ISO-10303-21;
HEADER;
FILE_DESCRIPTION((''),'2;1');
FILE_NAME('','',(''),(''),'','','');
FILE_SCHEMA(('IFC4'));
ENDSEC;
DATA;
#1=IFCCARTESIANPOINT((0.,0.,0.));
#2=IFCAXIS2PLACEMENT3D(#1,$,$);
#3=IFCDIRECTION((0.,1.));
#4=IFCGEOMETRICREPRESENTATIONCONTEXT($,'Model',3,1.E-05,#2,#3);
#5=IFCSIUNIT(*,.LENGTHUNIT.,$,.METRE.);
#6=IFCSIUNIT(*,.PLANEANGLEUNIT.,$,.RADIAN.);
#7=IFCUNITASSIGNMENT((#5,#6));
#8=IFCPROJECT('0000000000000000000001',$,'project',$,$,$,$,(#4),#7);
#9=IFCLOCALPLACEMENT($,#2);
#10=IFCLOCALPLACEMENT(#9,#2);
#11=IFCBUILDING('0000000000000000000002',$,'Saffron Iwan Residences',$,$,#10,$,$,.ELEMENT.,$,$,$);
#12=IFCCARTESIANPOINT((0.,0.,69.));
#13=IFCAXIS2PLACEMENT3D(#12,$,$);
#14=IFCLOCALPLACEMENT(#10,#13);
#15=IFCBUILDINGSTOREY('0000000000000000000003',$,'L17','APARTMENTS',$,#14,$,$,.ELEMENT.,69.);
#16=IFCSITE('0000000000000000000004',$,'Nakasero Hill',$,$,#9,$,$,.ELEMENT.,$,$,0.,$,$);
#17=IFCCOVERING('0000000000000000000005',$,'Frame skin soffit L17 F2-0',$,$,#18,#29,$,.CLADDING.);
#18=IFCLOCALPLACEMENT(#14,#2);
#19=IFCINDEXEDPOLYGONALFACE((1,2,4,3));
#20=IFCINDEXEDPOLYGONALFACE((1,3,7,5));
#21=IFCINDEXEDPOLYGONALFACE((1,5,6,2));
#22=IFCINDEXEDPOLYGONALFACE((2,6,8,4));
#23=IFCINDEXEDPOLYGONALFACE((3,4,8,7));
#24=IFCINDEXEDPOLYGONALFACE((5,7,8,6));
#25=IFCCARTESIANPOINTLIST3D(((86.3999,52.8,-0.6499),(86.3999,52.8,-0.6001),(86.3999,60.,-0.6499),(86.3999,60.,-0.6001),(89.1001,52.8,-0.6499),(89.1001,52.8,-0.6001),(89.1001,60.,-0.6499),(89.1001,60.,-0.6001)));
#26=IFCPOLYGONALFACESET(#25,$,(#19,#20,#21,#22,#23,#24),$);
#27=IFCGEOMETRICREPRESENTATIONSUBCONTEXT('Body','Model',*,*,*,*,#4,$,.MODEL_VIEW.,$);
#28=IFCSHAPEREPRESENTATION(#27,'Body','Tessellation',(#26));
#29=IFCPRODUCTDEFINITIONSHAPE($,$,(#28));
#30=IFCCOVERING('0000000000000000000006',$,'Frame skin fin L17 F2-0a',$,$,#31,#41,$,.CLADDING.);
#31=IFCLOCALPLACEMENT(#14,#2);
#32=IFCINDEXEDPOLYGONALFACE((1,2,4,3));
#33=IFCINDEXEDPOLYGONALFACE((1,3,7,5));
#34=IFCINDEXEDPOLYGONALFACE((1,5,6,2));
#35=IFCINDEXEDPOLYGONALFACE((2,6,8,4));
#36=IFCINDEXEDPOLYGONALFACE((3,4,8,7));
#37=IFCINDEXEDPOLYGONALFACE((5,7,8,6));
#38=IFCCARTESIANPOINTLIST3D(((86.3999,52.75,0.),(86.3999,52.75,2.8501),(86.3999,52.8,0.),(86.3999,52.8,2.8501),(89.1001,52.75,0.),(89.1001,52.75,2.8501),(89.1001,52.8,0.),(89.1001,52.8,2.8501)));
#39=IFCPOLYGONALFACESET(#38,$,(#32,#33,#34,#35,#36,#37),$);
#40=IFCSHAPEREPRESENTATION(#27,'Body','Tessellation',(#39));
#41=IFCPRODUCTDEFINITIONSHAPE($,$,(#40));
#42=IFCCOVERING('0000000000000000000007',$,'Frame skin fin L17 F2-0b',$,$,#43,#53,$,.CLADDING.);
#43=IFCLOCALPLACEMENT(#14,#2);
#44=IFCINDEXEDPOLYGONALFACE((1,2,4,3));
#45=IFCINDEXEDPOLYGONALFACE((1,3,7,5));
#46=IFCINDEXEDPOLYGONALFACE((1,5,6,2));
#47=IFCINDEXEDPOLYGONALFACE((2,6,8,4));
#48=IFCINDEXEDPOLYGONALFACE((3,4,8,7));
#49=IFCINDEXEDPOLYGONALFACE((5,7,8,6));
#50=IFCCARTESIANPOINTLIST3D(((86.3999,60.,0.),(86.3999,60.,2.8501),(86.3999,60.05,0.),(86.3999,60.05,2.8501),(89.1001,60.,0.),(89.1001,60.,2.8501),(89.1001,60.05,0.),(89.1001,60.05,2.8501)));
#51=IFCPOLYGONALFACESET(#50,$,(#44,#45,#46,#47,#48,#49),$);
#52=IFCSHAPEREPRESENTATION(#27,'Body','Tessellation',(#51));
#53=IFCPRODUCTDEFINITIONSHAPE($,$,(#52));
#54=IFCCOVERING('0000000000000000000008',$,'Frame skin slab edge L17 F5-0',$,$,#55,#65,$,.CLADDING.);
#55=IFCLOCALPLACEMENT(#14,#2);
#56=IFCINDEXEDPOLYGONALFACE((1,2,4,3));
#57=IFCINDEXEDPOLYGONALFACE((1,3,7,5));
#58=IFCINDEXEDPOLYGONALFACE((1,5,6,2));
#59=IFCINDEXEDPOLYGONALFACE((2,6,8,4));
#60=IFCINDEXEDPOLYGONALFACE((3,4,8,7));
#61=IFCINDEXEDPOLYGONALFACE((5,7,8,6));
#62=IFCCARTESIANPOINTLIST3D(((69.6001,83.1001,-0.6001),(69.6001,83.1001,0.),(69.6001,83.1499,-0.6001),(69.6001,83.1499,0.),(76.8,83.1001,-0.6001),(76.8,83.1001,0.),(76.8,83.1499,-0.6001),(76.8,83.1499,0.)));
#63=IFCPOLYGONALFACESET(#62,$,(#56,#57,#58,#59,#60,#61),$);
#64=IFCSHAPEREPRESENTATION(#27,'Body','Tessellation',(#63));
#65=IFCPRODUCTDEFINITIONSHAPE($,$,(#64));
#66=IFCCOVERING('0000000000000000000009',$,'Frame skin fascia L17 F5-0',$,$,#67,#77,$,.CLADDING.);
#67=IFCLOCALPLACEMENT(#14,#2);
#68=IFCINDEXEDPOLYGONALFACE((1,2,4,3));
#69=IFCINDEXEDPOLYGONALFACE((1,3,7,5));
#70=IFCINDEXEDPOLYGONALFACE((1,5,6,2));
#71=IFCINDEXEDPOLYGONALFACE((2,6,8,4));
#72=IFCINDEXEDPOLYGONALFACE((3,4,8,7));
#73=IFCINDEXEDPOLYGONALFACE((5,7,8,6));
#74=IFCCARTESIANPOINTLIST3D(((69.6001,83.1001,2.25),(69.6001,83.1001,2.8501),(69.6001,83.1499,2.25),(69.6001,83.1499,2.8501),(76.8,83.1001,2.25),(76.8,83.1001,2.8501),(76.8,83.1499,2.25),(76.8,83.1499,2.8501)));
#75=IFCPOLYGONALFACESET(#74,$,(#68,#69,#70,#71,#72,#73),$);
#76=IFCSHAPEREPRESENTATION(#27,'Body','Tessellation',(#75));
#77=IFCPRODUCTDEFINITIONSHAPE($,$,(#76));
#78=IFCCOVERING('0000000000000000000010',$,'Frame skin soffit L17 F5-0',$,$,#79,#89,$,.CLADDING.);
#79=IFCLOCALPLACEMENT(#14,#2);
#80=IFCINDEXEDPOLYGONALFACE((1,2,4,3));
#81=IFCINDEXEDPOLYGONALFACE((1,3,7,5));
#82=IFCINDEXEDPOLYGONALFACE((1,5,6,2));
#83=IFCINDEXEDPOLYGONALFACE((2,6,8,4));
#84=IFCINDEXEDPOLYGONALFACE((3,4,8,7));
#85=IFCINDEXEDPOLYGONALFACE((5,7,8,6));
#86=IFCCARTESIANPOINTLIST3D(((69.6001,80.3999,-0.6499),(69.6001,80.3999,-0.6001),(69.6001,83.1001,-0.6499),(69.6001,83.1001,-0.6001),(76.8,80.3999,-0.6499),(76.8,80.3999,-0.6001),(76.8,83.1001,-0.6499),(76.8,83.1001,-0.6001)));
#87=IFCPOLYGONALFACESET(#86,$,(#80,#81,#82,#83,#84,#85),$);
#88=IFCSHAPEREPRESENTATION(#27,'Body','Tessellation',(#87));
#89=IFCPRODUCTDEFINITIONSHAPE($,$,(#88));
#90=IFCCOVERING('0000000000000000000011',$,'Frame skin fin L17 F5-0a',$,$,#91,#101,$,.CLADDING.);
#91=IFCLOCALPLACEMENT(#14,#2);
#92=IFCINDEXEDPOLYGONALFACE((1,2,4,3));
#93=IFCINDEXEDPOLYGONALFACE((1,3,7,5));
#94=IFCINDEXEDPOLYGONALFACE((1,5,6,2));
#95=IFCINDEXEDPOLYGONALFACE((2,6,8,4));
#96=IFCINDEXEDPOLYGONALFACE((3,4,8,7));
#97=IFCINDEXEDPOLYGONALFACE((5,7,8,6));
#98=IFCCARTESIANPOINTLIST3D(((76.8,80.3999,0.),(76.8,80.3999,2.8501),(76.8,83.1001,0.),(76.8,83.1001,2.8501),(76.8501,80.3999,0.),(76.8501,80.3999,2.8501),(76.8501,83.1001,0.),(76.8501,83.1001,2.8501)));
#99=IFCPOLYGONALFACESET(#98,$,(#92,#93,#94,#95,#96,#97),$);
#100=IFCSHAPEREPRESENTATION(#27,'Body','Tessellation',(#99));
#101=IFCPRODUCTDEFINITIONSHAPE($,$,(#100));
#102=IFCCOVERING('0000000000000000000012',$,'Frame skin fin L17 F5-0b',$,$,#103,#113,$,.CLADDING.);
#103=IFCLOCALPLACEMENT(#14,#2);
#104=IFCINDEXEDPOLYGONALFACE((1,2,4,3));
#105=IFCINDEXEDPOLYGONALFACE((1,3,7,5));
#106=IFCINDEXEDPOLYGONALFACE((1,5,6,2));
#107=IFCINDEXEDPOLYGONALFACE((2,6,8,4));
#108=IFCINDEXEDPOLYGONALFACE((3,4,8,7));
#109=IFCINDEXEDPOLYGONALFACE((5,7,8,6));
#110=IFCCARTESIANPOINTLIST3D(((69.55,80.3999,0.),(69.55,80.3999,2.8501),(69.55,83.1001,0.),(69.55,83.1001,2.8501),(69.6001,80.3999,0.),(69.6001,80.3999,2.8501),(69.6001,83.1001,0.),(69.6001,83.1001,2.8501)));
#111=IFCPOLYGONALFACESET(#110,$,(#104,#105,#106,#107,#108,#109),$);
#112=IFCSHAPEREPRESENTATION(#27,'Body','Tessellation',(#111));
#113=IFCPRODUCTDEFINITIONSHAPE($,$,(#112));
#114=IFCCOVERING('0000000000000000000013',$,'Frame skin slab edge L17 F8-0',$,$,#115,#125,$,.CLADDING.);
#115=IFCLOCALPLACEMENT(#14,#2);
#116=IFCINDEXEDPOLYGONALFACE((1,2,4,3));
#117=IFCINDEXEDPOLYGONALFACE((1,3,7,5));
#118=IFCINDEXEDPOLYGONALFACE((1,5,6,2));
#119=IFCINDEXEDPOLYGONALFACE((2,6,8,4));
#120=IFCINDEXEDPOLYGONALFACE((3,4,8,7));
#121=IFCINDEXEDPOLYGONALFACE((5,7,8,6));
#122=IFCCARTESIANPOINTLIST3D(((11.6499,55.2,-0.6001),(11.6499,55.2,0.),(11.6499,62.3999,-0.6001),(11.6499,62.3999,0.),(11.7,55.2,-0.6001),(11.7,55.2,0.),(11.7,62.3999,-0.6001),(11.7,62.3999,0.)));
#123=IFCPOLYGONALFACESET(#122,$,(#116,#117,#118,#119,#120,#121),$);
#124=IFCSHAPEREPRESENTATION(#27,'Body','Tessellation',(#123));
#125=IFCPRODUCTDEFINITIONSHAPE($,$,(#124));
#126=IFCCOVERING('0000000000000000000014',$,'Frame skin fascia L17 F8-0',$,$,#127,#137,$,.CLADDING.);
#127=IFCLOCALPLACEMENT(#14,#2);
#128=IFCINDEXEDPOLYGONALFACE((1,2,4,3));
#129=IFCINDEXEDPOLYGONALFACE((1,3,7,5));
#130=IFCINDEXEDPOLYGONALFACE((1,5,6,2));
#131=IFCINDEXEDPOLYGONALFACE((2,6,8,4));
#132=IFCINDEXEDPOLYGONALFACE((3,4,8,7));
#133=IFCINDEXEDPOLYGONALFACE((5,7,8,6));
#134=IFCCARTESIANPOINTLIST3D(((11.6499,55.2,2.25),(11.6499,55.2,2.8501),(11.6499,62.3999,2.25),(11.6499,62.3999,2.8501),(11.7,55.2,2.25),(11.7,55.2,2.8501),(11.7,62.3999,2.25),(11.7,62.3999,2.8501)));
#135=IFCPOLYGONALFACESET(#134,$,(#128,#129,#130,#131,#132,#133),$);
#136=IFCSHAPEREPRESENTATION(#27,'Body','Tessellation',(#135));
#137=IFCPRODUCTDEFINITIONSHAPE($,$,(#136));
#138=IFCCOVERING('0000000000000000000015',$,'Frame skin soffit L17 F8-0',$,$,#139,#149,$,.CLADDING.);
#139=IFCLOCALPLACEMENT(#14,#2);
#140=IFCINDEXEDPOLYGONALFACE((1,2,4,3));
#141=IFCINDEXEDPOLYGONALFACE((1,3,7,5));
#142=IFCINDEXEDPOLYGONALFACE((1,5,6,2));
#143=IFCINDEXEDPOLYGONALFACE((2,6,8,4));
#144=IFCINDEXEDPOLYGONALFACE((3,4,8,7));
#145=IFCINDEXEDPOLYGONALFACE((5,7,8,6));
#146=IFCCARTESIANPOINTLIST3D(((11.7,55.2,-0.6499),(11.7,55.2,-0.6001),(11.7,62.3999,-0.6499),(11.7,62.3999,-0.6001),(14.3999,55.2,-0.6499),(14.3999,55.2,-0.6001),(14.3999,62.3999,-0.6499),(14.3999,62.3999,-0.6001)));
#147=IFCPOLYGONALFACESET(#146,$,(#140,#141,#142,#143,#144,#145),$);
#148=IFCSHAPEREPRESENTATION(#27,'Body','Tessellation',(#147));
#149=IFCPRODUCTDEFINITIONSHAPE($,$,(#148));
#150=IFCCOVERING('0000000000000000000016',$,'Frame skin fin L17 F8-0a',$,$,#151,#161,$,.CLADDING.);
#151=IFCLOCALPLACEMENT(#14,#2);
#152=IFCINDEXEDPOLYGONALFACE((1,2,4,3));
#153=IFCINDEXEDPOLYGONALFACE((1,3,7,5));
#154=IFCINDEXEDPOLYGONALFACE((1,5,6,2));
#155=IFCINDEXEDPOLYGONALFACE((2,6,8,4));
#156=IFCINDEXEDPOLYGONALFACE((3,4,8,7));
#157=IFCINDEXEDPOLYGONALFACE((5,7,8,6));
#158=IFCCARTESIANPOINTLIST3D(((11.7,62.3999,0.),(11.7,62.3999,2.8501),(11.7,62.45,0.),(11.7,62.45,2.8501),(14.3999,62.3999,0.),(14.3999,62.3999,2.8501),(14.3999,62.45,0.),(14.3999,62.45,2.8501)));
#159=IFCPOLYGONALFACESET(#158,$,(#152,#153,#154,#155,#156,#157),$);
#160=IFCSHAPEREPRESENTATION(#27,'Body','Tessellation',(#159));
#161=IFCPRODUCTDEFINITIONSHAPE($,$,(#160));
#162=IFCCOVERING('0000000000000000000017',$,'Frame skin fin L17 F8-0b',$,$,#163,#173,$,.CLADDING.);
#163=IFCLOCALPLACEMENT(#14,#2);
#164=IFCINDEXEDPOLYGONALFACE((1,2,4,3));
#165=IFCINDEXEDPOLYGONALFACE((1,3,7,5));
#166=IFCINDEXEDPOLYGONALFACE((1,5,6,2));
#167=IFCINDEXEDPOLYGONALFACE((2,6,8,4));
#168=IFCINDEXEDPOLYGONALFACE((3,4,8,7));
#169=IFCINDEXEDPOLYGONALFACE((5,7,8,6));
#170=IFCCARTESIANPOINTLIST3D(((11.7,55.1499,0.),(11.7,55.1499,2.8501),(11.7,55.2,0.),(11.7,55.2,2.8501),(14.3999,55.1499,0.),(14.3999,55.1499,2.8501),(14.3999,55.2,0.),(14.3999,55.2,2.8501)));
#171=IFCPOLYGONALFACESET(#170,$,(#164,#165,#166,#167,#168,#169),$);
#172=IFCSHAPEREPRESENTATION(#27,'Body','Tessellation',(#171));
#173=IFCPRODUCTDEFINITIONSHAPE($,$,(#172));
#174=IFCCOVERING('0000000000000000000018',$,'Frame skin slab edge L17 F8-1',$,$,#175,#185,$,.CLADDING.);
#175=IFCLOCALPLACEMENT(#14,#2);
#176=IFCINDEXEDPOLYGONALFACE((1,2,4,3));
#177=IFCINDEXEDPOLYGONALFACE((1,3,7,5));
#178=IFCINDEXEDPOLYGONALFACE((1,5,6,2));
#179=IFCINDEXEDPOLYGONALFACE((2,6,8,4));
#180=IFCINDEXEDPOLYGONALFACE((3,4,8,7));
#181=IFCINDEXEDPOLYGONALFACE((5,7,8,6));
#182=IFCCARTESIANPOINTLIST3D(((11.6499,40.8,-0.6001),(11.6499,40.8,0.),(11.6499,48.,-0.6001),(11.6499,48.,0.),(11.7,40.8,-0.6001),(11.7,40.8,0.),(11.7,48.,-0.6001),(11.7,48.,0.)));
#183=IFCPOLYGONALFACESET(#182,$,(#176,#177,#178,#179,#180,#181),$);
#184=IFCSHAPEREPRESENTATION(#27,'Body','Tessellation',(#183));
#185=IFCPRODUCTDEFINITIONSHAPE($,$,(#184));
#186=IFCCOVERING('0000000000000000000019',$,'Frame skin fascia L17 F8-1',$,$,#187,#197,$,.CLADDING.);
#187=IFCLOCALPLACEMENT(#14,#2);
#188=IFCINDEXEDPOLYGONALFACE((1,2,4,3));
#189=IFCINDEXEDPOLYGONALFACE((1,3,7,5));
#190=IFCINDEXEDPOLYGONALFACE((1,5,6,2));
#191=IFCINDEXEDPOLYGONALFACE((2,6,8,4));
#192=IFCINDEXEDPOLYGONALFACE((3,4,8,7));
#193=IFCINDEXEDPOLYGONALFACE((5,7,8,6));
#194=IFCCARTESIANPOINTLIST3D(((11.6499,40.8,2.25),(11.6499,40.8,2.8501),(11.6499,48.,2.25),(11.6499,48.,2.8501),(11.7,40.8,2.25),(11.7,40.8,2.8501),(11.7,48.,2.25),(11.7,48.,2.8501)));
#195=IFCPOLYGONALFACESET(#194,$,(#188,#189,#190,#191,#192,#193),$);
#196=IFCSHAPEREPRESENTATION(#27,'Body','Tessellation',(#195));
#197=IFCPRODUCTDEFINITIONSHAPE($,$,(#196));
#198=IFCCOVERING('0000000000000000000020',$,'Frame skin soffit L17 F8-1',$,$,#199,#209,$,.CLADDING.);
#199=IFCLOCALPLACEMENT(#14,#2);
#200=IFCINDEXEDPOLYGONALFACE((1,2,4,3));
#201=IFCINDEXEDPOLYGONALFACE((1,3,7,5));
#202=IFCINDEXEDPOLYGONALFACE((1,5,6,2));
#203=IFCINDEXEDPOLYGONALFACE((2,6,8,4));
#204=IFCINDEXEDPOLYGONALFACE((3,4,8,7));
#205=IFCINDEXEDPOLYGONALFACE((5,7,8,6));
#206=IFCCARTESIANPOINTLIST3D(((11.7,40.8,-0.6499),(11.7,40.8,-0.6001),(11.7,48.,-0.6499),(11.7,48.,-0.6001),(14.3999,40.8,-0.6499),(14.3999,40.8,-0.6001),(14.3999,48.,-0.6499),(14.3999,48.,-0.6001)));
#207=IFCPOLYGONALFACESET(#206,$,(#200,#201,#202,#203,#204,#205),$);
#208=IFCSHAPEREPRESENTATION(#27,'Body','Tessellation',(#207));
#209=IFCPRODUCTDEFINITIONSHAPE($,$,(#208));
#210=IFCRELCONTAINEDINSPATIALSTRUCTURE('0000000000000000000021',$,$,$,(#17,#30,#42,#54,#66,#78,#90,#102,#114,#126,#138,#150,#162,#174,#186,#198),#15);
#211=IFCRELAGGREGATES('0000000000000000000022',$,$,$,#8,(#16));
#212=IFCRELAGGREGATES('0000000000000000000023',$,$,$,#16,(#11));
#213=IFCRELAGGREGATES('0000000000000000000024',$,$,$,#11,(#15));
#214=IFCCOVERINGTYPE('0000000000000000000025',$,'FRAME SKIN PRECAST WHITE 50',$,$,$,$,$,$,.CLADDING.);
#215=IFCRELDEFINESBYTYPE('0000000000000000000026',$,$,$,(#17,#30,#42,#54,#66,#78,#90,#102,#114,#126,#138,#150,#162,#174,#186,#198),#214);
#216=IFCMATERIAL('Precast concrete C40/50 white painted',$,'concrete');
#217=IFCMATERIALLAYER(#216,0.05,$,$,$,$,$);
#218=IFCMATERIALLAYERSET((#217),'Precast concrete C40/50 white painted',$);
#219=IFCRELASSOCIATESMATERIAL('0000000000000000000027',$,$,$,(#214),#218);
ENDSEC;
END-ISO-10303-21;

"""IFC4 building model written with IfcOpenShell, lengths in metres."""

from ifc_helpers import new_model, si_unit, direction, frame, origin, place, context, subcontext, project, spatial, polyline, outline, extrude, material, layer, layer_set, type_object, element, save


model = new_model("IFC4")

# Units and contexts
model_context = context("Model", 3, precision=1e-05, world=origin(), true_north=direction((0.0, 1.0)))
body_context = subcontext(model_context, "Body", "Model", "MODEL_VIEW")
ifc_project = project(units=[si_unit("LENGTHUNIT", "METRE"), si_unit("PLANEANGLEUNIT", "RADIAN")], contexts=[model_context])

# Site, building, storey
site_placement = place(None, origin())
site = spatial("IfcSite", under=ifc_project, at=site_placement, Name="Nakasero Hill", CompositionType="ELEMENT", RefElevation=0.0)
building_placement = place(site_placement, origin())
building = spatial("IfcBuilding", under=site, at=building_placement, Name="Saffron Iwan Residences", CompositionType="ELEMENT")
storey_placement = place(building_placement, frame((0.0, 0.0, 69.0)))
storey = spatial("IfcBuildingStorey", under=building, at=storey_placement, Name="L17", Description="APARTMENTS", CompositionType="ELEMENT", Elevation=69.0)

# Coverings
ifc_material_1 = material(Name="Precast concrete C40/50 white painted", Category="concrete")
ifc_layer_1 = layer(ifc_material_1, 0.05)
ifc_layer_set_1 = layer_set([ifc_layer_1], Name="Precast concrete C40/50 white painted")
covering_type_1 = type_object("IfcCoveringType", Name="FRAME SKIN PRECAST WHITE 50", PredefinedType="CLADDING", material=ifc_layer_set_1)
covering_1_placement = place(storey_placement, frame((0.0, 0.0, -0.6499)))
element("IfcCovering", 1, at=covering_1_placement, inside=storey, type_object=covering_type_1, Name="Frame skin soffit L17 F2-0", PredefinedType="CLADDING", context=body_context, shape_type="SweptSolid", body=[
    extrude(outline(polyline([(89.1001, 52.8), (89.1001, 60.0), (86.3999, 60.0), (86.3999, 52.8), (89.1001, 52.8)])), origin(), (0.0, 0.0, 1.0), 0.0498),
])
covering_2_placement = place(storey_placement, origin())
element("IfcCovering", 2, at=covering_2_placement, inside=storey, type_object=covering_type_1, Name="Frame skin fin L17 F2-0a", PredefinedType="CLADDING", context=body_context, shape_type="SweptSolid", body=[
    extrude(outline(polyline([(89.1001, 52.75), (89.1001, 52.8), (86.3999, 52.8), (86.3999, 52.75), (89.1001, 52.75)])), origin(), (0.0, 0.0, 1.0), 2.8501),
])
covering_3_placement = place(storey_placement, origin())
element("IfcCovering", 3, at=covering_3_placement, inside=storey, type_object=covering_type_1, Name="Frame skin fin L17 F2-0b", PredefinedType="CLADDING", context=body_context, shape_type="SweptSolid", body=[
    extrude(outline(polyline([(89.1001, 60.0), (89.1001, 60.05), (86.3999, 60.05), (86.3999, 60.0), (89.1001, 60.0)])), origin(), (0.0, 0.0, 1.0), 2.8501),
])
for number, where, name in (
    (4, (0.0, 0.0, -0.6001), "Frame skin slab edge L17 F5-0"),
    (5, (0.0, 0.0, 2.25), "Frame skin fascia L17 F5-0"),
):
    element("IfcCovering", number, at=place(storey_placement, frame(where)), inside=storey, type_object=covering_type_1, Name=name, PredefinedType="CLADDING", context=body_context, shape_type="SweptSolid", body=[
        extrude(outline(polyline([(76.8, 83.1499), (69.6001, 83.1499), (69.6001, 83.1001), (76.8, 83.1001), (76.8, 83.1499)])), origin(), (0.0, 0.0, 1.0), 0.6001),
    ])
covering_4_placement = place(storey_placement, frame((0.0, 0.0, -0.6499)))
element("IfcCovering", 6, at=covering_4_placement, inside=storey, type_object=covering_type_1, Name="Frame skin soffit L17 F5-0", PredefinedType="CLADDING", context=body_context, shape_type="SweptSolid", body=[
    extrude(outline(polyline([(76.8, 83.1001), (69.6001, 83.1001), (69.6001, 80.3999), (76.8, 80.3999), (76.8, 83.1001)])), origin(), (0.0, 0.0, 1.0), 0.0498),
])
covering_5_placement = place(storey_placement, origin())
element("IfcCovering", 7, at=covering_5_placement, inside=storey, type_object=covering_type_1, Name="Frame skin fin L17 F5-0a", PredefinedType="CLADDING", context=body_context, shape_type="SweptSolid", body=[
    extrude(outline(polyline([(76.8501, 83.1001), (76.8, 83.1001), (76.8, 80.3999), (76.8501, 80.3999), (76.8501, 83.1001)])), origin(), (0.0, 0.0, 1.0), 2.8501),
])
covering_6_placement = place(storey_placement, origin())
element("IfcCovering", 8, at=covering_6_placement, inside=storey, type_object=covering_type_1, Name="Frame skin fin L17 F5-0b", PredefinedType="CLADDING", context=body_context, shape_type="SweptSolid", body=[
    extrude(outline(polyline([(69.6001, 83.1001), (69.55, 83.1001), (69.55, 80.3999), (69.6001, 80.3999), (69.6001, 83.1001)])), origin(), (0.0, 0.0, 1.0), 2.8501),
])
for number, where, name in (
    (9, (0.0, 0.0, -0.6001), "Frame skin slab edge L17 F8-0"),
    (10, (0.0, 0.0, 2.25), "Frame skin fascia L17 F8-0"),
):
    element("IfcCovering", number, at=place(storey_placement, frame(where)), inside=storey, type_object=covering_type_1, Name=name, PredefinedType="CLADDING", context=body_context, shape_type="SweptSolid", body=[
        extrude(outline(polyline([(11.6499, 62.3999), (11.6499, 55.2), (11.7, 55.2), (11.7, 62.3999), (11.6499, 62.3999)])), origin(), (0.0, 0.0, 1.0), 0.6001),
    ])
covering_7_placement = place(storey_placement, frame((0.0, 0.0, -0.6499)))
element("IfcCovering", 11, at=covering_7_placement, inside=storey, type_object=covering_type_1, Name="Frame skin soffit L17 F8-0", PredefinedType="CLADDING", context=body_context, shape_type="SweptSolid", body=[
    extrude(outline(polyline([(11.7, 62.3999), (11.7, 55.2), (14.3999, 55.2), (14.3999, 62.3999), (11.7, 62.3999)])), origin(), (0.0, 0.0, 1.0), 0.0498),
])
covering_8_placement = place(storey_placement, origin())
element("IfcCovering", 12, at=covering_8_placement, inside=storey, type_object=covering_type_1, Name="Frame skin fin L17 F8-0a", PredefinedType="CLADDING", context=body_context, shape_type="SweptSolid", body=[
    extrude(outline(polyline([(11.7, 62.45), (11.7, 62.3999), (14.3999, 62.3999), (14.3999, 62.45), (11.7, 62.45)])), origin(), (0.0, 0.0, 1.0), 2.8501),
])
covering_9_placement = place(storey_placement, origin())
element("IfcCovering", 13, at=covering_9_placement, inside=storey, type_object=covering_type_1, Name="Frame skin fin L17 F8-0b", PredefinedType="CLADDING", context=body_context, shape_type="SweptSolid", body=[
    extrude(outline(polyline([(11.7, 55.2), (11.7, 55.1499), (14.3999, 55.1499), (14.3999, 55.2), (11.7, 55.2)])), origin(), (0.0, 0.0, 1.0), 2.8501),
])
for number, where, name in (
    (14, (0.0, 0.0, -0.6001), "Frame skin slab edge L17 F8-1"),
    (15, (0.0, 0.0, 2.25), "Frame skin fascia L17 F8-1"),
):
    element("IfcCovering", number, at=place(storey_placement, frame(where)), inside=storey, type_object=covering_type_1, Name=name, PredefinedType="CLADDING", context=body_context, shape_type="SweptSolid", body=[
        extrude(outline(polyline([(11.6499, 48.0), (11.6499, 40.8), (11.7, 40.8), (11.7, 48.0), (11.6499, 48.0)])), origin(), (0.0, 0.0, 1.0), 0.6001),
    ])
covering_10_placement = place(storey_placement, frame((0.0, 0.0, -0.6499)))
element("IfcCovering", 16, at=covering_10_placement, inside=storey, type_object=covering_type_1, Name="Frame skin soffit L17 F8-1", PredefinedType="CLADDING", context=body_context, shape_type="SweptSolid", body=[
    extrude(outline(polyline([(11.7, 48.0), (11.7, 40.8), (14.3999, 40.8), (14.3999, 48.0), (11.7, 48.0)])), origin(), (0.0, 0.0, 1.0), 0.0498),
])

save(model, "model.ifc")
